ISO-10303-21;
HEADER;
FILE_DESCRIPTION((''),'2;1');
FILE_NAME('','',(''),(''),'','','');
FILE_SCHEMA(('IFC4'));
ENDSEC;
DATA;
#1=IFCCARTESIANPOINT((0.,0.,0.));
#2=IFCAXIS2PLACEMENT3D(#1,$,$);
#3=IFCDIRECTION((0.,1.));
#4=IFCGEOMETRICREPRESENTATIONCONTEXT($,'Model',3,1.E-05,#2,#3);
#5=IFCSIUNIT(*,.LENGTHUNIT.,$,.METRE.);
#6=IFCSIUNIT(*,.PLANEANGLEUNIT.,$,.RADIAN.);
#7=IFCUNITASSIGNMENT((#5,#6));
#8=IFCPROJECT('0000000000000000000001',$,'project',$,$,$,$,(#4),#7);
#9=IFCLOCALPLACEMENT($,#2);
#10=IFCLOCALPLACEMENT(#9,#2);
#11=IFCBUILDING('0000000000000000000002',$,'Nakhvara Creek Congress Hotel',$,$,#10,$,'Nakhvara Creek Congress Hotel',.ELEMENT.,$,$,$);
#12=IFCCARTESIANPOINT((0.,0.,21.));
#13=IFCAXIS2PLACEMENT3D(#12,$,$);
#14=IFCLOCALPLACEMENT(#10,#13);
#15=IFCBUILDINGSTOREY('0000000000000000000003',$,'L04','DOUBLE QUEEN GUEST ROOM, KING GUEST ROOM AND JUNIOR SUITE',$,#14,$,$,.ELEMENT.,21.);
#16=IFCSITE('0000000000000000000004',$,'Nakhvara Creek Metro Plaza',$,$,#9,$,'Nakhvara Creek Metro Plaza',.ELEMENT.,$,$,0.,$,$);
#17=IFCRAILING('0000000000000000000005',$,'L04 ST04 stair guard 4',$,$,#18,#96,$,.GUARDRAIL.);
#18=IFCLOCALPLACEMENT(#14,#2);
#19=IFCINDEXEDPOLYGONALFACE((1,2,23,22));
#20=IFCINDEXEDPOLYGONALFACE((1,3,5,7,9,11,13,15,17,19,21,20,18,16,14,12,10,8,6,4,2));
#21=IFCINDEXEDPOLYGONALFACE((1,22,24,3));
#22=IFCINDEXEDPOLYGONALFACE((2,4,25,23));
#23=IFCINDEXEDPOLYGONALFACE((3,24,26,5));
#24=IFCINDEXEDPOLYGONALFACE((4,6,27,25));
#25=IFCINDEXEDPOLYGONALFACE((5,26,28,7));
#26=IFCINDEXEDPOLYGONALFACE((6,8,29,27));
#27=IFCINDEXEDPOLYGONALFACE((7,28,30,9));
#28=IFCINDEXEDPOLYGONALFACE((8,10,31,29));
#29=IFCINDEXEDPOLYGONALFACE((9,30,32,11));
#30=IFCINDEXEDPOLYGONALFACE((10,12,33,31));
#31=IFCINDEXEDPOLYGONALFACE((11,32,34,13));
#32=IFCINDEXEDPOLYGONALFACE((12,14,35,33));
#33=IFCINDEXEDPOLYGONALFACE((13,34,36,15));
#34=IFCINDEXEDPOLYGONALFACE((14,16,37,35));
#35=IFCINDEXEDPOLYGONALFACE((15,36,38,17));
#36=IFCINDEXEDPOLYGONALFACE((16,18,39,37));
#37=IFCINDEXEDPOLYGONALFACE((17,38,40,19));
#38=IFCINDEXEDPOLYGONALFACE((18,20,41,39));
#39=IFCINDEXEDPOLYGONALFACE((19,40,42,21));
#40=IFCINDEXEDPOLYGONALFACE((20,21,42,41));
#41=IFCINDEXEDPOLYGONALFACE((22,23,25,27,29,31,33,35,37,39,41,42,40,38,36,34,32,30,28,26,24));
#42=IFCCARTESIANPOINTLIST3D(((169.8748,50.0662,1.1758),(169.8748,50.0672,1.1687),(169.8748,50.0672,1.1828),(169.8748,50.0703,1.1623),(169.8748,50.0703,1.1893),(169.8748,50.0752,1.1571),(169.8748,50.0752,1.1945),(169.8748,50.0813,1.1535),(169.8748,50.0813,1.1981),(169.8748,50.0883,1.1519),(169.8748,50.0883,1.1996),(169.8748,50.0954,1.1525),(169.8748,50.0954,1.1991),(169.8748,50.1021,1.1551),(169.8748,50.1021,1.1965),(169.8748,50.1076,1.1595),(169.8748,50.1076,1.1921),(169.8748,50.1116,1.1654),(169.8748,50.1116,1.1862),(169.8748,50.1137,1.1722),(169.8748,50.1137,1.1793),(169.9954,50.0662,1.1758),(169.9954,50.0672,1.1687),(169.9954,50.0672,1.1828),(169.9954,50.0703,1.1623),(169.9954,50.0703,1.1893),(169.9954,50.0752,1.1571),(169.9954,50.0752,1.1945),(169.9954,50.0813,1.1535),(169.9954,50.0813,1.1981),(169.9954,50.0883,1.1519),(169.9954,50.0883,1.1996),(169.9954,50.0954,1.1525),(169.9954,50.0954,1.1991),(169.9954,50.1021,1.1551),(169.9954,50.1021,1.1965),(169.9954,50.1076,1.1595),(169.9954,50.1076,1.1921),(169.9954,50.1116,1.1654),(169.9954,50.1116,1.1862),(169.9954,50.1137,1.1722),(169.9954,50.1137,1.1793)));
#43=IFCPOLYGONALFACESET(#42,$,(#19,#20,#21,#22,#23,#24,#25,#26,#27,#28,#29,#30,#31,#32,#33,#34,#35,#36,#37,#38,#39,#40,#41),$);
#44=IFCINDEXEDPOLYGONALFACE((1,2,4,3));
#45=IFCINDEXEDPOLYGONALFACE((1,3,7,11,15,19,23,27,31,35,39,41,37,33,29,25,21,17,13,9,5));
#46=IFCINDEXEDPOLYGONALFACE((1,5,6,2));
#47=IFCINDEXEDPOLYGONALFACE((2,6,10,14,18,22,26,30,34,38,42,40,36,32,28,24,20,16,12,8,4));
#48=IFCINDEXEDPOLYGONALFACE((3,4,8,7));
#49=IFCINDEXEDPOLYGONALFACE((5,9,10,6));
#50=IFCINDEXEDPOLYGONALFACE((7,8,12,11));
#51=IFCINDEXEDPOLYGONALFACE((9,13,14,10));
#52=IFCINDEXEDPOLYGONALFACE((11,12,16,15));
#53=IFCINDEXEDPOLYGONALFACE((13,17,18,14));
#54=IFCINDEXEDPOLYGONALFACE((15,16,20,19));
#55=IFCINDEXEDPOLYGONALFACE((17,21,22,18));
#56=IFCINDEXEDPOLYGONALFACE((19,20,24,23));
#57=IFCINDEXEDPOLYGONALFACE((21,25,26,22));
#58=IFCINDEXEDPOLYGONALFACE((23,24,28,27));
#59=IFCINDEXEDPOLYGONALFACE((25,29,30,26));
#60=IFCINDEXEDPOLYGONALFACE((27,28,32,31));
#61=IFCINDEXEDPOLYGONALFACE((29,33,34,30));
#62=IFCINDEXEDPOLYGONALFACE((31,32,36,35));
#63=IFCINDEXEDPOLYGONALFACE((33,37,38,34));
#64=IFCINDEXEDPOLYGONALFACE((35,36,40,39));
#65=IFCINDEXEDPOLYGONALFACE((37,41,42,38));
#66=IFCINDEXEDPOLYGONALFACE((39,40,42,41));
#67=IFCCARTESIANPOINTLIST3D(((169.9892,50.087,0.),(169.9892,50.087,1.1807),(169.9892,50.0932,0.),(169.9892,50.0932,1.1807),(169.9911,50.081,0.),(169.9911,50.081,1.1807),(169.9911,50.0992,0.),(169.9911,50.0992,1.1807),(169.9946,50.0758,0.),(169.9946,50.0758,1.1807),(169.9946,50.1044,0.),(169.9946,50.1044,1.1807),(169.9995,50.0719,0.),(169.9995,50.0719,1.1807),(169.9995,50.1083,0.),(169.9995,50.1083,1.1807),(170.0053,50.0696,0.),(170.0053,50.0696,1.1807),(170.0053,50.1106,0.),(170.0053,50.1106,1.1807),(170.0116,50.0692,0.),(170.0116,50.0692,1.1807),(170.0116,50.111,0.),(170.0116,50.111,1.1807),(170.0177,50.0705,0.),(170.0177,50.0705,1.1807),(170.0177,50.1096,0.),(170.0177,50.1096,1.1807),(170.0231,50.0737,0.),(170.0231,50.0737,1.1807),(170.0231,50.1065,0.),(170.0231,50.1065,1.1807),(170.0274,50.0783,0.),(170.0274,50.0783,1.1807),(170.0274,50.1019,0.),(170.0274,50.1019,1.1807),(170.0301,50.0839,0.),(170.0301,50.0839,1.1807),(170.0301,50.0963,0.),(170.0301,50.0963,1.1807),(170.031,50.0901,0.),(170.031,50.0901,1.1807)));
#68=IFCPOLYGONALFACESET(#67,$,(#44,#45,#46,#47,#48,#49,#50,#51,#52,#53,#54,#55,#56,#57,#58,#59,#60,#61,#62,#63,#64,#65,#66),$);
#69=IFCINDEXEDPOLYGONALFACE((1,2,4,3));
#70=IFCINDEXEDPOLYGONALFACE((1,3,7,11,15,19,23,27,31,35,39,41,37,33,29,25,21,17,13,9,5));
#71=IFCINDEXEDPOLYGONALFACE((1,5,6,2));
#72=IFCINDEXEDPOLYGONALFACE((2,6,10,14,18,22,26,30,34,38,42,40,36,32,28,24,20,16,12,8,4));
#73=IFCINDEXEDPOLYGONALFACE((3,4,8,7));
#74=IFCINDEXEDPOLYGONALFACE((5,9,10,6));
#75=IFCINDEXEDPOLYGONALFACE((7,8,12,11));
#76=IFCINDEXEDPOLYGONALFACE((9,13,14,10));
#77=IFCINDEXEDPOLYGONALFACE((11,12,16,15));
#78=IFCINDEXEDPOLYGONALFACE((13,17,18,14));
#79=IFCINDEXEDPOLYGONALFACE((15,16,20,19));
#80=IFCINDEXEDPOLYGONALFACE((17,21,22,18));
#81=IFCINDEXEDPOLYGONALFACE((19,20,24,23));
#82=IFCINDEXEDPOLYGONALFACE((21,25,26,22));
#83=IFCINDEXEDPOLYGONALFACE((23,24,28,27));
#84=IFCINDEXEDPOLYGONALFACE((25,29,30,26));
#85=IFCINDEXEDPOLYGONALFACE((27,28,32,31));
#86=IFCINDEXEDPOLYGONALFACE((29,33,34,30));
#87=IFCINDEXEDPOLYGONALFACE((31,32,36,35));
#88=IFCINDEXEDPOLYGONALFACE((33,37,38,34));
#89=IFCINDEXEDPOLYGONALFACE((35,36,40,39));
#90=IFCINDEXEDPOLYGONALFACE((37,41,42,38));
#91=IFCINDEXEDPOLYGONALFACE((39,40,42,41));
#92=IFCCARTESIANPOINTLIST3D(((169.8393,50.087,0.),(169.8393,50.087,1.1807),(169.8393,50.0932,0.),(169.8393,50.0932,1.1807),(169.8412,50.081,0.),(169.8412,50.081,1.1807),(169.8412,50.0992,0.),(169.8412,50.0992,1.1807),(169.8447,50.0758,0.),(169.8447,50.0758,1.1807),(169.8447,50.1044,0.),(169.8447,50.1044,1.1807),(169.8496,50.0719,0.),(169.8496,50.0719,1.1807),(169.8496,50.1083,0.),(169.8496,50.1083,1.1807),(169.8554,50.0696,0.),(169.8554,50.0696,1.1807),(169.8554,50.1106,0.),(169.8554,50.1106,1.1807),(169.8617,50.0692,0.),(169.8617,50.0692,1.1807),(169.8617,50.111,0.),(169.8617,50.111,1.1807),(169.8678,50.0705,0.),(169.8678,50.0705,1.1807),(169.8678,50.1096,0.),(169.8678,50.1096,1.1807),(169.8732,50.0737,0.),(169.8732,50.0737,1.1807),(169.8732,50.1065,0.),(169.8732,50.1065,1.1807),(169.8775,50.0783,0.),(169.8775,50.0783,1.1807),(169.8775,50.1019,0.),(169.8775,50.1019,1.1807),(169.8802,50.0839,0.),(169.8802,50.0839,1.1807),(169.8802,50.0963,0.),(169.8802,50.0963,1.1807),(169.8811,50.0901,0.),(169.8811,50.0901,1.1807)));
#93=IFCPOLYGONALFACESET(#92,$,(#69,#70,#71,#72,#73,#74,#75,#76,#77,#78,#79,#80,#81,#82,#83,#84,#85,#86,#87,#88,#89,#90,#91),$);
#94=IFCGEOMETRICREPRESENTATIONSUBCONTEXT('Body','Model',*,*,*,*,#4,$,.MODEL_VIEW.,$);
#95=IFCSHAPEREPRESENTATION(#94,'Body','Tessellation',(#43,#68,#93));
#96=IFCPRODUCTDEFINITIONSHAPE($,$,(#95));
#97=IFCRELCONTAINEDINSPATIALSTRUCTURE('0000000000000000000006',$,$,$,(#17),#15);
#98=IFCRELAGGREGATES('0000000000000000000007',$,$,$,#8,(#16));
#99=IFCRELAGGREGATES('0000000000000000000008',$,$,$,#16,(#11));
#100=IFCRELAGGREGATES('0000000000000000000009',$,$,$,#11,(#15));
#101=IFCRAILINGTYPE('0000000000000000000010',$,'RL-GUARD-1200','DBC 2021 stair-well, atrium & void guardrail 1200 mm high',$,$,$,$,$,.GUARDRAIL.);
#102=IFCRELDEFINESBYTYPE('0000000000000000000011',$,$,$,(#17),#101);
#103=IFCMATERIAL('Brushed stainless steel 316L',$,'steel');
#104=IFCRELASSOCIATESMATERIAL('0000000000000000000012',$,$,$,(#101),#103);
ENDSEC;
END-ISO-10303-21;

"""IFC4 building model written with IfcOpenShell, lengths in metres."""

from ifc_helpers import new_model, si_unit, direction, frame, origin, origin_2d, place, context, subcontext, project, spatial, circle, extrude, material, type_object, element, save


model = new_model("IFC4")

# Units and contexts
model_context = context("Model", 3, precision=1e-05, world=origin(), true_north=direction((0.0, 1.0)))
body_context = subcontext(model_context, "Body", "Model", "MODEL_VIEW")
ifc_project = project(units=[si_unit("LENGTHUNIT", "METRE"), si_unit("PLANEANGLEUNIT", "RADIAN")], contexts=[model_context])

# Site, building, storey
site_placement = place(None, origin())
site = spatial("IfcSite", under=ifc_project, at=site_placement, Name="Nakhvara Creek Metro Plaza", LongName="Nakhvara Creek Metro Plaza", CompositionType="ELEMENT", RefElevation=0.0)
building_placement = place(site_placement, origin())
building = spatial("IfcBuilding", under=site, at=building_placement, Name="Nakhvara Creek Congress Hotel", LongName="Nakhvara Creek Congress Hotel", CompositionType="ELEMENT")
storey_placement = place(building_placement, frame((0.0, 0.0, 21.0)))
storey = spatial("IfcBuildingStorey", under=building, at=storey_placement, Name="L04", Description="DOUBLE QUEEN GUEST ROOM, KING GUEST ROOM AND JUNIOR SUITE", CompositionType="ELEMENT", Elevation=21.0)

# Railing
ifc_material_1 = material(Name="Brushed stainless steel 316L", Category="steel")
railing_type_1 = type_object("IfcRailingType", Name="RL-GUARD-1200", Description="DBC 2021 stair-well, atrium & void guardrail 1200 mm high", PredefinedType="GUARDRAIL", material=ifc_material_1)
railing_1_placement = place(storey_placement, frame((170.01, 50.0901, 0.0)))
element("IfcRailing", 1, at=railing_1_placement, inside=storey, type_object=railing_type_1, Name="L04 ST04 stair guard 4", PredefinedType="GUARDRAIL", context=body_context, shape_type="SweptSolid", body=[
    extrude(circle(Radius=0.0239, at=origin_2d()), frame((-0.0146, 0.0, 1.1758), z_axis=(-1.0, 0.0, 0.0), x_axis=(0.0, -1.0, 0.0)), (0.0, 0.0, 1.0), 0.1206),
    extrude(circle(Radius=0.021, at=origin_2d()), origin(), (0.0, 0.0, 1.0), 1.1807),
    extrude(circle(Radius=0.021, at=origin_2d()), frame((-0.1499, 0.0, 0.0)), (0.0, 0.0, 1.0), 1.1807),
])

save(model, "model.ifc")
